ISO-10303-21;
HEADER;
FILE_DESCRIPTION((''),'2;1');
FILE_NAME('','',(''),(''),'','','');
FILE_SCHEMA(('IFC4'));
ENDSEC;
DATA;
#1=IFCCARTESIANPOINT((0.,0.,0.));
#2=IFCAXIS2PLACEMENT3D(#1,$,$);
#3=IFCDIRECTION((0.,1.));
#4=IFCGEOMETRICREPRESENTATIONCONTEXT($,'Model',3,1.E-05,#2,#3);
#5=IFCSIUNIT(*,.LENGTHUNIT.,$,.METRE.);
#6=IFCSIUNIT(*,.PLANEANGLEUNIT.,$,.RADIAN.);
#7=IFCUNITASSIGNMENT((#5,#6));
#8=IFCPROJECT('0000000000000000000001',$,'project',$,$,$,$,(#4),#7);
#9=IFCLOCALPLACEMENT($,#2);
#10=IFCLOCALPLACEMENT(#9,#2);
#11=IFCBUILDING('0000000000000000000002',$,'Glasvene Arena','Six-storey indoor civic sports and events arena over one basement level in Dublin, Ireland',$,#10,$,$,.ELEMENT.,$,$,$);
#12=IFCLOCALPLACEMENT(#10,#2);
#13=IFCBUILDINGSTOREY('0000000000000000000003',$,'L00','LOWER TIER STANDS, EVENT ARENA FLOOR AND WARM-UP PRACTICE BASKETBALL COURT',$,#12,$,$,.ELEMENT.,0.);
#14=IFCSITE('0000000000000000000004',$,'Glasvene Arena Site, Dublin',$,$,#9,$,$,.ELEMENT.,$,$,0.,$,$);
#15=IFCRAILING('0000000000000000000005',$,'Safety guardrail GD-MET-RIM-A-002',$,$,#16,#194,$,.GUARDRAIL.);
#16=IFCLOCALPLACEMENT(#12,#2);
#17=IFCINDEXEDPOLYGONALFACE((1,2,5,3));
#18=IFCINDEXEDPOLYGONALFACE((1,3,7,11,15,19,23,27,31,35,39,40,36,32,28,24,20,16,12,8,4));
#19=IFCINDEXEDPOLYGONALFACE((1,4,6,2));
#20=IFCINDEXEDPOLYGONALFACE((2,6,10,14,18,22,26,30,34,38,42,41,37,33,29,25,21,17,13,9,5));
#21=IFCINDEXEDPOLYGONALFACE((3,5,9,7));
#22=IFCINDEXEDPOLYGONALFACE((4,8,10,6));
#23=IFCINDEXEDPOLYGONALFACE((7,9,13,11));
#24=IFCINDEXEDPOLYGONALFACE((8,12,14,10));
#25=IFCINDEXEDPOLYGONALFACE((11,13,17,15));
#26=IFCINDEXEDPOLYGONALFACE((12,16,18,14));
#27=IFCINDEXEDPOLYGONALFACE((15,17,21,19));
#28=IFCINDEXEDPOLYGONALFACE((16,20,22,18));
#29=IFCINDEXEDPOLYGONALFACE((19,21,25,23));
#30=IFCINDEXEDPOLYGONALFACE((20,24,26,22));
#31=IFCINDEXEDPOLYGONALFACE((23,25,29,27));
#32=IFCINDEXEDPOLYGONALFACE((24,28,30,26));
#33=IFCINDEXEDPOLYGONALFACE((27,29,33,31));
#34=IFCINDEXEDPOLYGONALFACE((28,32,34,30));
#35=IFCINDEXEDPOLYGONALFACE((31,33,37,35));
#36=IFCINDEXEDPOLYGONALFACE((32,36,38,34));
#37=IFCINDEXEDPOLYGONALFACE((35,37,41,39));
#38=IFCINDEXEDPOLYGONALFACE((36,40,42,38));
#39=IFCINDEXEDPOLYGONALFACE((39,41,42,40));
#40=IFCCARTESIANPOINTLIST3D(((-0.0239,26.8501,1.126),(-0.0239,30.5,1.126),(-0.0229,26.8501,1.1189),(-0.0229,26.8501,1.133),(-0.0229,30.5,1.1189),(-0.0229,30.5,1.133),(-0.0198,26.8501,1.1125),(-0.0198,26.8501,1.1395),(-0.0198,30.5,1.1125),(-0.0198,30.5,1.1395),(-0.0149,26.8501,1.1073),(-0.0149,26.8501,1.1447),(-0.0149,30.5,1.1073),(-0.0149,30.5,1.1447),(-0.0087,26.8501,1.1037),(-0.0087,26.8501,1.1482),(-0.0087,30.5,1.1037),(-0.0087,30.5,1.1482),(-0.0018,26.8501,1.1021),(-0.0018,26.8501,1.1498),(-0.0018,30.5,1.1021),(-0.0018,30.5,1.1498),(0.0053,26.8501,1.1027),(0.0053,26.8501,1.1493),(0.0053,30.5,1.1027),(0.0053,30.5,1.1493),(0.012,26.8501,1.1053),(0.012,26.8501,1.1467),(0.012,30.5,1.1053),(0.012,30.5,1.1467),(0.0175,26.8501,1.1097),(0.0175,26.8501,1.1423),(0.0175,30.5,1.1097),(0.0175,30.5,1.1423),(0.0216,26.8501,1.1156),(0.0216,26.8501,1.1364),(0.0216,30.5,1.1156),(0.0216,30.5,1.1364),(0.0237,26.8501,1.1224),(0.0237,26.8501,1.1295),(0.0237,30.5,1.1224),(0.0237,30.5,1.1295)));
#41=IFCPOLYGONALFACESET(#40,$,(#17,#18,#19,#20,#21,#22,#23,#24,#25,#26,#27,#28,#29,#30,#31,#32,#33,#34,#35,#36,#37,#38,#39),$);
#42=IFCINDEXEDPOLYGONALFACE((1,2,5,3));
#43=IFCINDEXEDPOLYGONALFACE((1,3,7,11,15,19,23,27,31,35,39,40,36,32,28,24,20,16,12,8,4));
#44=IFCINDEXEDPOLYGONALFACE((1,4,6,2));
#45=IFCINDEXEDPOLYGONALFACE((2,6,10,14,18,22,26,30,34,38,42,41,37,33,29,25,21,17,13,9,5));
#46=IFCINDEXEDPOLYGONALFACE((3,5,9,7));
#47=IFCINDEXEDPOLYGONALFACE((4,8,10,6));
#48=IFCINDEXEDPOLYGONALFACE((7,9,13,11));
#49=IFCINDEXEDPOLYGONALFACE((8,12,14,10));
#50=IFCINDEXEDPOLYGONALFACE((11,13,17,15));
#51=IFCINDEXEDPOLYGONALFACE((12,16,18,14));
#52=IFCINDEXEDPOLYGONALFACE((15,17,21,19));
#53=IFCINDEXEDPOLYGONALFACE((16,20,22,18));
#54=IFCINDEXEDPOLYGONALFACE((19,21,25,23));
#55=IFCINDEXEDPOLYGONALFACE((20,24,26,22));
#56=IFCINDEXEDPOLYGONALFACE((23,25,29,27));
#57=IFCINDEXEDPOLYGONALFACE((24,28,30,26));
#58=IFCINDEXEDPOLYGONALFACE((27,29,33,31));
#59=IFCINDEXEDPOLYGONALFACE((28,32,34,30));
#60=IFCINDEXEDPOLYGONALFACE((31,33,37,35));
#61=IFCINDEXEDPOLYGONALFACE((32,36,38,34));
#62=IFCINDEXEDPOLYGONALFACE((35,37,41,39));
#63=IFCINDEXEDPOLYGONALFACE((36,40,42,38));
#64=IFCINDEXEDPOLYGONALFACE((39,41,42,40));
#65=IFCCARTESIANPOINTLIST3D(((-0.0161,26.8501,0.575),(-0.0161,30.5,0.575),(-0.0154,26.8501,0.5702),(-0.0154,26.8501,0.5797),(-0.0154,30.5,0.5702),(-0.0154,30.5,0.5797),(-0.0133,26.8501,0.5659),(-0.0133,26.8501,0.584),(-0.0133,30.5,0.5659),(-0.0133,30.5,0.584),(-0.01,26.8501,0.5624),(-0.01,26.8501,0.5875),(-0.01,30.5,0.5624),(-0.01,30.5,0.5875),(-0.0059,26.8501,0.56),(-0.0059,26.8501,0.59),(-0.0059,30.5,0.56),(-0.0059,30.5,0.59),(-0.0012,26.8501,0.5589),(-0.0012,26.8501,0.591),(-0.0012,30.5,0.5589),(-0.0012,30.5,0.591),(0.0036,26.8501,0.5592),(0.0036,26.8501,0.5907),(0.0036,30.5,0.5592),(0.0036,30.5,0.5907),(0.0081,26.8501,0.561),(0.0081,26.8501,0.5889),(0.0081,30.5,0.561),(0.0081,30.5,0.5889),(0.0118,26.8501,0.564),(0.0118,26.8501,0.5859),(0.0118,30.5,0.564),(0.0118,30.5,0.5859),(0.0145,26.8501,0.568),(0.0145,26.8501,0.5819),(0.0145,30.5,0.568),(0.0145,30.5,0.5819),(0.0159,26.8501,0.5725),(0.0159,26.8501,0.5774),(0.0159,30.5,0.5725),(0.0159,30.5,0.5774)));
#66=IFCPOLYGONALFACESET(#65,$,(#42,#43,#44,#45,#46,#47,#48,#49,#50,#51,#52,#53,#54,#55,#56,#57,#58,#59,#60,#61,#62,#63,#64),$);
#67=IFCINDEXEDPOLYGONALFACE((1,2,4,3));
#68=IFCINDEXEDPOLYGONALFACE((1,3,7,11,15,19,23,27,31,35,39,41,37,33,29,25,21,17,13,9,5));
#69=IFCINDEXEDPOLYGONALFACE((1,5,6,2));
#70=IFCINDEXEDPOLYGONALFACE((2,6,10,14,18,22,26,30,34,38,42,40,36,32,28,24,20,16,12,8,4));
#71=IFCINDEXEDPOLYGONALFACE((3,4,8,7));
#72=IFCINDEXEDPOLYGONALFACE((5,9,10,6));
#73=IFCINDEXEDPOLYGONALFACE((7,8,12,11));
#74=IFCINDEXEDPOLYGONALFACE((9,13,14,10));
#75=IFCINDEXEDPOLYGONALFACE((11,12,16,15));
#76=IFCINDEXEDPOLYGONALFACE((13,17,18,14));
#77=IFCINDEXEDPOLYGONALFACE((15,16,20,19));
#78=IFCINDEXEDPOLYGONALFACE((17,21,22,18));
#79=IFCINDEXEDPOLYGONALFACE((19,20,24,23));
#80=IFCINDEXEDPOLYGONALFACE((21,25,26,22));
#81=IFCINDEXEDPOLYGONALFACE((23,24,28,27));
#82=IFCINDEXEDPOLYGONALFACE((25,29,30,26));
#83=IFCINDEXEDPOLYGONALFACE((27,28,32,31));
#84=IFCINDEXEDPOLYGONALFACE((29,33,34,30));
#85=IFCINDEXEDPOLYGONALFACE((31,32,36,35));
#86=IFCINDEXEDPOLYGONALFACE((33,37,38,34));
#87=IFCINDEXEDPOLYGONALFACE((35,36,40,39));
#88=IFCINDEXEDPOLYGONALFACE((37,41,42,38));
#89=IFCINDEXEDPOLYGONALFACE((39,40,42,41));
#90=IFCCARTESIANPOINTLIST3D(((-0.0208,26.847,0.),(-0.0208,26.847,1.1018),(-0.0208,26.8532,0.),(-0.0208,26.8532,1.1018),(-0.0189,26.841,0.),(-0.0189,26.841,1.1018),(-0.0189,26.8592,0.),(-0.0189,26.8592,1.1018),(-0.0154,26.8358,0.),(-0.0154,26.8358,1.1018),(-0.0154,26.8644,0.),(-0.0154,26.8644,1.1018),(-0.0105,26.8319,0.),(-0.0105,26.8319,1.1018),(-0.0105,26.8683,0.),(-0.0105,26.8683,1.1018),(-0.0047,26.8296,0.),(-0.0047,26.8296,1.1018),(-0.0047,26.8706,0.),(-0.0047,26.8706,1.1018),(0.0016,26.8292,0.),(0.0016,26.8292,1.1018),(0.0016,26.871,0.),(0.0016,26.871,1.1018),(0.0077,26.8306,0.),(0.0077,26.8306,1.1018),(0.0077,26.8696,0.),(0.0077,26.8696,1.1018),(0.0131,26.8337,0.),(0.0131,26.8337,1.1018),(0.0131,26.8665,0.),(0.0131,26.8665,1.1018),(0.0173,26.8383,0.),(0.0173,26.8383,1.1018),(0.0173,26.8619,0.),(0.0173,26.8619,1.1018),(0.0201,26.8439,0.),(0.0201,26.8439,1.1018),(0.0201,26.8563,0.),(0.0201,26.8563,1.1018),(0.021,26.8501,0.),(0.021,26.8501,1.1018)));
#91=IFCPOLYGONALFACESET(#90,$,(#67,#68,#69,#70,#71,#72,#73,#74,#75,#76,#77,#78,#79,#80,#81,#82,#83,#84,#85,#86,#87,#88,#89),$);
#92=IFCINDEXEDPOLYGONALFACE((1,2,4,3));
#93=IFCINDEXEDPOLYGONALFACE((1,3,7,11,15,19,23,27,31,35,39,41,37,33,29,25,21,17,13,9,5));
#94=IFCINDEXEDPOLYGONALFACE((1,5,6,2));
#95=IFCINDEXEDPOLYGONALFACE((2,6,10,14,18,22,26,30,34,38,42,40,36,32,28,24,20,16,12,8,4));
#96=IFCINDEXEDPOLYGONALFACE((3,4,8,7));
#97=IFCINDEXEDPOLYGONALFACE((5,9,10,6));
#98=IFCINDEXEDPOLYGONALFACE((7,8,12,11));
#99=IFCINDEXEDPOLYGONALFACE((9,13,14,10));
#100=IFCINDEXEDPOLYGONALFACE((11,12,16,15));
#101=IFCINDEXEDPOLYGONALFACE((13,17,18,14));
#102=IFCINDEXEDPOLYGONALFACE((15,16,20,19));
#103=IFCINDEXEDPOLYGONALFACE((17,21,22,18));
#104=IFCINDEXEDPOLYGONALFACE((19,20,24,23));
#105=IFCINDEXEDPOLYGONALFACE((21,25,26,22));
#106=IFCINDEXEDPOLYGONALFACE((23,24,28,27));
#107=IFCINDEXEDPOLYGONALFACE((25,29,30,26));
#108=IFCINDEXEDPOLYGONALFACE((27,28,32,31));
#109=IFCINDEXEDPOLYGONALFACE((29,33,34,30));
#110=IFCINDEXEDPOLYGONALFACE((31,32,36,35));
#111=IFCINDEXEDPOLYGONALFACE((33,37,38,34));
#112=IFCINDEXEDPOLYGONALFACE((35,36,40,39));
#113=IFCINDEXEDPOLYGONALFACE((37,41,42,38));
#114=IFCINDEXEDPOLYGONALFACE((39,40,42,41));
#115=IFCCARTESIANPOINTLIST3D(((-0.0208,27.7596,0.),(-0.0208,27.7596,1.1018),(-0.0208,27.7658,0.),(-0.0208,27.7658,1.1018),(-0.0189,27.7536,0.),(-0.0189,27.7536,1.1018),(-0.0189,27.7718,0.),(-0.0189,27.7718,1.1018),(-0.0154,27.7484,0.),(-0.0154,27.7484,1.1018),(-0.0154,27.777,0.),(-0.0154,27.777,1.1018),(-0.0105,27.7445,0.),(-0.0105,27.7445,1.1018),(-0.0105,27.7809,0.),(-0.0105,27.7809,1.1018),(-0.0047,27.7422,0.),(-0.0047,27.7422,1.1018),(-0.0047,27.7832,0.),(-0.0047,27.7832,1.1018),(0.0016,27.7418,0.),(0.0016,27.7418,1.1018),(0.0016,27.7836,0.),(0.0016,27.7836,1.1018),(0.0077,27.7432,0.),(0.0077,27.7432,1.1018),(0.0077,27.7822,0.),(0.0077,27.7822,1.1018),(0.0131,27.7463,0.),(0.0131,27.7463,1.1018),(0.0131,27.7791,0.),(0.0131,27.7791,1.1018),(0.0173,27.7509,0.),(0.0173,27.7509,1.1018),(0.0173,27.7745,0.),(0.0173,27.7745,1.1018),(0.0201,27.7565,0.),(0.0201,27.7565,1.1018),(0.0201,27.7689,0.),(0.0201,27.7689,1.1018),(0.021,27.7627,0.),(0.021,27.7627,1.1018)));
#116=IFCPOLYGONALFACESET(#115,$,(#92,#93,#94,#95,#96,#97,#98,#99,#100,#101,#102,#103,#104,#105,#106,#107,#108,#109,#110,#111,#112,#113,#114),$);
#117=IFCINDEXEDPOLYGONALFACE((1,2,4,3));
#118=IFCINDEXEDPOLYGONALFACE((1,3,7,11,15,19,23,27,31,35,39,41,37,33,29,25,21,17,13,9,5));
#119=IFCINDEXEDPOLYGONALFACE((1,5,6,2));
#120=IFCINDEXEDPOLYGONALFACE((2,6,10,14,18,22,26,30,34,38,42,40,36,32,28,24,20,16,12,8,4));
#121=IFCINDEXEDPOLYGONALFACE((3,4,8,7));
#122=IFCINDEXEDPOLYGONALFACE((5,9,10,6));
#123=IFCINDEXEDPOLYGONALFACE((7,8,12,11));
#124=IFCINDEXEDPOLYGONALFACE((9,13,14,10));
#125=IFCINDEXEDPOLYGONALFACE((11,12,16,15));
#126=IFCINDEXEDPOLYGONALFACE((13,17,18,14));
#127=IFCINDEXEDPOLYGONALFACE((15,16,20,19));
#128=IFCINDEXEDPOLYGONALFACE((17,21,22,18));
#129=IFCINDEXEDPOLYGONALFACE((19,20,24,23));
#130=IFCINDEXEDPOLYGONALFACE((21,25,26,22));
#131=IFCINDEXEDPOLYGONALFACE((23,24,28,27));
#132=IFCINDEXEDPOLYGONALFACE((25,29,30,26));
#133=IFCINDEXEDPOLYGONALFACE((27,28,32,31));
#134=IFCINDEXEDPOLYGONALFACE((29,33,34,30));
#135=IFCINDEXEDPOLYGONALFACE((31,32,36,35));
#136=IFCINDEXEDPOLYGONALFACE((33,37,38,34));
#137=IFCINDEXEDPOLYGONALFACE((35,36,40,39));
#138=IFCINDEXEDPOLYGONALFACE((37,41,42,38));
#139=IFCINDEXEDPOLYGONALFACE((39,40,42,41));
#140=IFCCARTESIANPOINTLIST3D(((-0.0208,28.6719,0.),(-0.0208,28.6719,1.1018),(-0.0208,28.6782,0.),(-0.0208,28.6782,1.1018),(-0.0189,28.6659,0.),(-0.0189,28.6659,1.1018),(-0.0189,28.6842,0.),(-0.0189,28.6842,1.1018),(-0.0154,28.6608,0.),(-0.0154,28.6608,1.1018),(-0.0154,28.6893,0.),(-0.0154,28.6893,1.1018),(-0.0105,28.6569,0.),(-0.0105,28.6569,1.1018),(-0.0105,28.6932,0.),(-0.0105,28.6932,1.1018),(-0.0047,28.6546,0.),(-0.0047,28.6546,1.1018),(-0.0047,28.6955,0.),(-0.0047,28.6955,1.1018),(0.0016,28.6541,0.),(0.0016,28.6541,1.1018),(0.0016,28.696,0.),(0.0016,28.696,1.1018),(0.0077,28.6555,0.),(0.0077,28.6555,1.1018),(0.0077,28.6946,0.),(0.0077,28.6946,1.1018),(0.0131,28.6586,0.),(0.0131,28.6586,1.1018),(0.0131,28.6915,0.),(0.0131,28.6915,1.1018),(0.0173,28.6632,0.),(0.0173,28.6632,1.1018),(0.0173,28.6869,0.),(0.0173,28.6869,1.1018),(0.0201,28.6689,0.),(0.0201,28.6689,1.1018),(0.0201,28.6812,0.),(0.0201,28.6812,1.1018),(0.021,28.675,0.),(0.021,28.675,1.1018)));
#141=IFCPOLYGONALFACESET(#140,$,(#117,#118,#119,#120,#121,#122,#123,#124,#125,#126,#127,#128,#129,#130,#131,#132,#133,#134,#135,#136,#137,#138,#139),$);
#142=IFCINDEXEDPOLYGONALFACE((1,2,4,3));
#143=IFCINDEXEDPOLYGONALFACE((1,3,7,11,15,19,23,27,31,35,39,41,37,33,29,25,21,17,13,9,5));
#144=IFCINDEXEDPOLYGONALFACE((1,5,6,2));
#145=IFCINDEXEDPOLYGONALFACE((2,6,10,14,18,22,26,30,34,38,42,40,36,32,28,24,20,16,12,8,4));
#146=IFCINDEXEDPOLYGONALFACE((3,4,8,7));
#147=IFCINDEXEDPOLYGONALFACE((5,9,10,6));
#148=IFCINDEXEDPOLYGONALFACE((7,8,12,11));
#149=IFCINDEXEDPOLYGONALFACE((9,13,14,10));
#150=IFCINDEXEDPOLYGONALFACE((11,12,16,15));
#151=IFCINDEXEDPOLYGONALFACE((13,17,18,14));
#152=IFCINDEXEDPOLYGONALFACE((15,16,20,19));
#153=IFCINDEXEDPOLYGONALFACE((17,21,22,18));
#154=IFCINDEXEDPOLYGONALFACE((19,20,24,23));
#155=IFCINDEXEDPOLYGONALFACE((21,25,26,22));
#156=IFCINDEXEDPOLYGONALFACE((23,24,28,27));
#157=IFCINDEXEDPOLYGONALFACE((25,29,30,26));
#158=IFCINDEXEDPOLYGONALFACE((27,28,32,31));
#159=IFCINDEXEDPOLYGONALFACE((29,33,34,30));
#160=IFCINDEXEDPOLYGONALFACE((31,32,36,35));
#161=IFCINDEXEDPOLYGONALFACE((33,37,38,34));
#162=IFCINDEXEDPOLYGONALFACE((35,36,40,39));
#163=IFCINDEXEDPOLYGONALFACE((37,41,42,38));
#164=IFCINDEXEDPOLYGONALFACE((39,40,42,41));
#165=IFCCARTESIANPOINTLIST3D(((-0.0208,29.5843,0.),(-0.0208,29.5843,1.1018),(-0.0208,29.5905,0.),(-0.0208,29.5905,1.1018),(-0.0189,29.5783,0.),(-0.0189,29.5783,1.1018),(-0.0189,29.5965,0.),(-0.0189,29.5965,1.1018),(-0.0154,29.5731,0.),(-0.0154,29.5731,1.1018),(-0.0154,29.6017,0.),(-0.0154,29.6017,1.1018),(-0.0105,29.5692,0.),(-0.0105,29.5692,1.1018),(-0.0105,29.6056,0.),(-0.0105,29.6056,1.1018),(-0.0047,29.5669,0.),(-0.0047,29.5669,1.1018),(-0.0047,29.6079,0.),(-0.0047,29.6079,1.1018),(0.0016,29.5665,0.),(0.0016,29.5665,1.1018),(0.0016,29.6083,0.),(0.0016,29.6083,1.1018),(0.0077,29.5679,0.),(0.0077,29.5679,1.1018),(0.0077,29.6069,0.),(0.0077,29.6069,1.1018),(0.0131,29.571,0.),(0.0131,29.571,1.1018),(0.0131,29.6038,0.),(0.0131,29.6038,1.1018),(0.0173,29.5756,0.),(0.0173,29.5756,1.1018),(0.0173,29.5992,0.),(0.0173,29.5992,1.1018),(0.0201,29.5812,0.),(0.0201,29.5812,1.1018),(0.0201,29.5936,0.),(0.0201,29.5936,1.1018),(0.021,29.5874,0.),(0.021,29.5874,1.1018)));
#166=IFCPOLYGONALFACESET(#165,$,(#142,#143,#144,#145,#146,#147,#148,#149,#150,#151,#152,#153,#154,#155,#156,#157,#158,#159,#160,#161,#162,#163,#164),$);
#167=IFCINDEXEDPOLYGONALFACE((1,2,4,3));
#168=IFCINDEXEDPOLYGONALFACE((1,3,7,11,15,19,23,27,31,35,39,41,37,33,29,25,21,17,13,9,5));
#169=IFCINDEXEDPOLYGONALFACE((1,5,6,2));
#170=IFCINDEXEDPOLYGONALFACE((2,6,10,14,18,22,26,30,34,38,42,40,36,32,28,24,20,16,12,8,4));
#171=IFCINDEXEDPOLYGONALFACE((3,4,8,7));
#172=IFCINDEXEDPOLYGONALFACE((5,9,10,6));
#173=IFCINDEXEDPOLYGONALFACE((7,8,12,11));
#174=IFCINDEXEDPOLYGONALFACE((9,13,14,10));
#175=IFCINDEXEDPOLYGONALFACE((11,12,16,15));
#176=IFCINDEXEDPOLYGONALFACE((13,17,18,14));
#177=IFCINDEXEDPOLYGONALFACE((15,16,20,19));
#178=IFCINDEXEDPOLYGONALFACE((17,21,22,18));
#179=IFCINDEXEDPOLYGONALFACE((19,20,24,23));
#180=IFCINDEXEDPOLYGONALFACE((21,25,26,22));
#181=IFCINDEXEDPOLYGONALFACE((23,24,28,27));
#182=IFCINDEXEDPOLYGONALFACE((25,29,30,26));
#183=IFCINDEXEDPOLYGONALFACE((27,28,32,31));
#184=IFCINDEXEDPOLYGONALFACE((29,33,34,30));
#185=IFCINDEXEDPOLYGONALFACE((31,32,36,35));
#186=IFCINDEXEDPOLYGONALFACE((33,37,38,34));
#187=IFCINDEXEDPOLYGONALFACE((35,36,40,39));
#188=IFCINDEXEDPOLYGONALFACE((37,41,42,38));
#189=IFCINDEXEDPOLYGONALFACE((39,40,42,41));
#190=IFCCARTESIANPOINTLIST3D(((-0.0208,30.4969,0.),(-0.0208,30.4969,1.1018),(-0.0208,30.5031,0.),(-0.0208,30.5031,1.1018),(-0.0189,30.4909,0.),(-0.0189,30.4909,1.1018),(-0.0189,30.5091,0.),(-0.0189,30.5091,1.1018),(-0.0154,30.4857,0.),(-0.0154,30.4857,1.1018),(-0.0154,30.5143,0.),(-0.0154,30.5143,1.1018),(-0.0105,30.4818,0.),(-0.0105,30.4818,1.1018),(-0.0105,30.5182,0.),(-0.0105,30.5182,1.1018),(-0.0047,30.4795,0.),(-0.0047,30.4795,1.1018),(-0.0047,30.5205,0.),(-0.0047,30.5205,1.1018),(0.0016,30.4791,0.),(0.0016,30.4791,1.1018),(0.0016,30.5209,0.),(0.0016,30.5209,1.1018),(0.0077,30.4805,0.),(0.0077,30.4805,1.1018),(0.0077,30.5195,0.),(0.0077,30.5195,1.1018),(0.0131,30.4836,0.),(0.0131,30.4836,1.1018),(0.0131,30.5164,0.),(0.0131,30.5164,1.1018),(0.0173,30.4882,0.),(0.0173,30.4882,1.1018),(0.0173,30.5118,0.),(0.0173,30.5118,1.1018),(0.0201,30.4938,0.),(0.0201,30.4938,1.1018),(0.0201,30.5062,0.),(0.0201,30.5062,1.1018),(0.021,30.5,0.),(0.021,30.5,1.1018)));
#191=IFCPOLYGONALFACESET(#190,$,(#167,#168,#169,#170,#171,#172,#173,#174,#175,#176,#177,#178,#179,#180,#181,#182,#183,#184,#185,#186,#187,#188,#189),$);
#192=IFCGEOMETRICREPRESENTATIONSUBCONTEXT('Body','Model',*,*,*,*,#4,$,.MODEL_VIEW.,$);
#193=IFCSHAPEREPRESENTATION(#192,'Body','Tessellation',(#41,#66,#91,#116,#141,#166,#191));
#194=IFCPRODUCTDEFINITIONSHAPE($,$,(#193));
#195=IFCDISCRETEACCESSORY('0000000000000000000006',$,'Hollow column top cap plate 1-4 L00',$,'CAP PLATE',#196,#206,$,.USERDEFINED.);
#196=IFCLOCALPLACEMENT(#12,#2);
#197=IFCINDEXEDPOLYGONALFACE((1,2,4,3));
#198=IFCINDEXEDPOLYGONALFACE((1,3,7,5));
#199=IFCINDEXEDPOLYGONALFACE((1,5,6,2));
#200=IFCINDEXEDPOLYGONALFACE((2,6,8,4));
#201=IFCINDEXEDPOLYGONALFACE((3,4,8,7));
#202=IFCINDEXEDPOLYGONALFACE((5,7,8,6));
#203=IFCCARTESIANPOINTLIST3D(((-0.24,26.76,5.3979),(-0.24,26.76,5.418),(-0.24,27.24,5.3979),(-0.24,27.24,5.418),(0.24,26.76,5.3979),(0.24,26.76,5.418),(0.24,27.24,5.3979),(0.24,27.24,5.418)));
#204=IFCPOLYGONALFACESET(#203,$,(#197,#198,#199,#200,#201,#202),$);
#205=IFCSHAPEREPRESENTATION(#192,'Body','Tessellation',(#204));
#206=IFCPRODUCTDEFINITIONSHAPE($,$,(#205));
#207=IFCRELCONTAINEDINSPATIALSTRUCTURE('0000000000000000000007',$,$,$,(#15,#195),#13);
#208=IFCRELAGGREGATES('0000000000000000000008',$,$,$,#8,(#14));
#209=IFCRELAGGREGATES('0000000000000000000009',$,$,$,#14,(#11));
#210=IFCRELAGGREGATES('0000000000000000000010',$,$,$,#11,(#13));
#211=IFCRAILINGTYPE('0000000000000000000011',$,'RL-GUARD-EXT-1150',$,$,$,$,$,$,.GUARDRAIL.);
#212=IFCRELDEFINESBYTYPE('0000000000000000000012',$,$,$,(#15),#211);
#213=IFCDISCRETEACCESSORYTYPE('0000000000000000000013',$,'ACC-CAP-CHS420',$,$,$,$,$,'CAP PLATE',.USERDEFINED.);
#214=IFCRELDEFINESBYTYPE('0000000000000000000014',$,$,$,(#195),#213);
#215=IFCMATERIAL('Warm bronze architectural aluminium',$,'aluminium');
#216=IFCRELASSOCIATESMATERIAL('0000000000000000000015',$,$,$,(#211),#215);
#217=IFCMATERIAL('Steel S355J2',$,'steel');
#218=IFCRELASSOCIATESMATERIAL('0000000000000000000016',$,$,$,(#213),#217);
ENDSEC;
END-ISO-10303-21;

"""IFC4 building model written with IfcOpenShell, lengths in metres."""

from ifc_helpers import new_model, si_unit, direction, frame, origin, origin_2d, place, context, subcontext, project, spatial, rectangle, circle, extrude, material, type_object, element, save


model = new_model("IFC4")

# Units and contexts
model_context = context("Model", 3, precision=1e-05, world=origin(), true_north=direction((0.0, 1.0)))
body_context = subcontext(model_context, "Body", "Model", "MODEL_VIEW")
ifc_project = project(units=[si_unit("LENGTHUNIT", "METRE"), si_unit("PLANEANGLEUNIT", "RADIAN")], contexts=[model_context])

# Site, building, storey
site_placement = place(None, origin())
site = spatial("IfcSite", under=ifc_project, at=site_placement, Name="Glasvene Arena Site, Dublin", CompositionType="ELEMENT", RefElevation=0.0)
building_placement = place(site_placement, origin())
building = spatial("IfcBuilding", under=site, at=building_placement, Name="Glasvene Arena", Description="Six-storey indoor civic sports and events arena over one basement level in Dublin, Ireland", CompositionType="ELEMENT")
storey_placement = place(building_placement, origin())
storey = spatial("IfcBuildingStorey", under=building, at=storey_placement, Name="L00", Description="LOWER TIER STANDS, EVENT ARENA FLOOR AND WARM-UP PRACTICE BASKETBALL COURT", CompositionType="ELEMENT", Elevation=0.0)

# Shared definitions
ifc_material_1 = material(Name="Steel S355J2", Category="steel")

# Railing
ifc_material_2 = material(Name="Warm bronze architectural aluminium", Category="aluminium")
railing_type = type_object("IfcRailingType", Name="RL-GUARD-EXT-1150", PredefinedType="GUARDRAIL", material=ifc_material_2)
railing_placement = place(storey_placement, frame((0.0, 26.8501, 0.0)))
element("IfcRailing", 1, at=railing_placement, inside=storey, type_object=railing_type, Name="Safety guardrail GD-MET-RIM-A-002", PredefinedType="GUARDRAIL", context=body_context, shape_type="SweptSolid", body=[
    extrude(circle(Radius=0.0239, at=origin_2d()), frame((0.0, 0.0, 1.126), z_axis=(0.0, 1.0, 0.0), x_axis=(-1.0, 0.0, 0.0)), (0.0, 0.0, 1.0), 3.6499),
    extrude(circle(Radius=0.0161, at=origin_2d()), frame((0.0, 0.0, 0.575), z_axis=(0.0, 1.0, 0.0), x_axis=(-1.0, 0.0, 0.0)), (0.0, 0.0, 1.0), 3.6499),
    extrude(circle(Radius=0.021, at=origin_2d()), origin(), (0.0, 0.0, 1.0), 1.1018),
    extrude(circle(Radius=0.021, at=origin_2d()), frame((0.0, 0.9126, 0.0)), (0.0, 0.0, 1.0), 1.1018),
    extrude(circle(Radius=0.021, at=origin_2d()), frame((0.0, 1.825, 0.0)), (0.0, 0.0, 1.0), 1.1018),
    extrude(circle(Radius=0.021, at=origin_2d()), frame((0.0, 2.7373, 0.0)), (0.0, 0.0, 1.0), 1.1018),
    extrude(circle(Radius=0.021, at=origin_2d()), frame((0.0, 3.6499, 0.0)), (0.0, 0.0, 1.0), 1.1018),
])

# Discrete accessory
discrete_accessory_type = type_object("IfcDiscreteAccessoryType", Name="ACC-CAP-CHS420", ElementType="CAP PLATE", PredefinedType="USERDEFINED", material=ifc_material_1)
discrete_accessory_placement = place(storey_placement, frame((0.0, 27.0, 5.3979), z_axis=(0.0, 0.0, 1.0), x_axis=(1.0, 0.0, 0.0)))
element("IfcDiscreteAccessory", 2, at=discrete_accessory_placement, inside=storey, type_object=discrete_accessory_type, Name="Hollow column top cap plate 1-4 L00", ObjectType="CAP PLATE", PredefinedType="USERDEFINED", context=body_context, shape_type="SweptSolid", body=[
    extrude(rectangle(XDim=0.48, YDim=0.48, at=origin_2d()), origin(), (0.0, 0.0, 1.0), 0.02),
])

save(model, "model.ifc")
